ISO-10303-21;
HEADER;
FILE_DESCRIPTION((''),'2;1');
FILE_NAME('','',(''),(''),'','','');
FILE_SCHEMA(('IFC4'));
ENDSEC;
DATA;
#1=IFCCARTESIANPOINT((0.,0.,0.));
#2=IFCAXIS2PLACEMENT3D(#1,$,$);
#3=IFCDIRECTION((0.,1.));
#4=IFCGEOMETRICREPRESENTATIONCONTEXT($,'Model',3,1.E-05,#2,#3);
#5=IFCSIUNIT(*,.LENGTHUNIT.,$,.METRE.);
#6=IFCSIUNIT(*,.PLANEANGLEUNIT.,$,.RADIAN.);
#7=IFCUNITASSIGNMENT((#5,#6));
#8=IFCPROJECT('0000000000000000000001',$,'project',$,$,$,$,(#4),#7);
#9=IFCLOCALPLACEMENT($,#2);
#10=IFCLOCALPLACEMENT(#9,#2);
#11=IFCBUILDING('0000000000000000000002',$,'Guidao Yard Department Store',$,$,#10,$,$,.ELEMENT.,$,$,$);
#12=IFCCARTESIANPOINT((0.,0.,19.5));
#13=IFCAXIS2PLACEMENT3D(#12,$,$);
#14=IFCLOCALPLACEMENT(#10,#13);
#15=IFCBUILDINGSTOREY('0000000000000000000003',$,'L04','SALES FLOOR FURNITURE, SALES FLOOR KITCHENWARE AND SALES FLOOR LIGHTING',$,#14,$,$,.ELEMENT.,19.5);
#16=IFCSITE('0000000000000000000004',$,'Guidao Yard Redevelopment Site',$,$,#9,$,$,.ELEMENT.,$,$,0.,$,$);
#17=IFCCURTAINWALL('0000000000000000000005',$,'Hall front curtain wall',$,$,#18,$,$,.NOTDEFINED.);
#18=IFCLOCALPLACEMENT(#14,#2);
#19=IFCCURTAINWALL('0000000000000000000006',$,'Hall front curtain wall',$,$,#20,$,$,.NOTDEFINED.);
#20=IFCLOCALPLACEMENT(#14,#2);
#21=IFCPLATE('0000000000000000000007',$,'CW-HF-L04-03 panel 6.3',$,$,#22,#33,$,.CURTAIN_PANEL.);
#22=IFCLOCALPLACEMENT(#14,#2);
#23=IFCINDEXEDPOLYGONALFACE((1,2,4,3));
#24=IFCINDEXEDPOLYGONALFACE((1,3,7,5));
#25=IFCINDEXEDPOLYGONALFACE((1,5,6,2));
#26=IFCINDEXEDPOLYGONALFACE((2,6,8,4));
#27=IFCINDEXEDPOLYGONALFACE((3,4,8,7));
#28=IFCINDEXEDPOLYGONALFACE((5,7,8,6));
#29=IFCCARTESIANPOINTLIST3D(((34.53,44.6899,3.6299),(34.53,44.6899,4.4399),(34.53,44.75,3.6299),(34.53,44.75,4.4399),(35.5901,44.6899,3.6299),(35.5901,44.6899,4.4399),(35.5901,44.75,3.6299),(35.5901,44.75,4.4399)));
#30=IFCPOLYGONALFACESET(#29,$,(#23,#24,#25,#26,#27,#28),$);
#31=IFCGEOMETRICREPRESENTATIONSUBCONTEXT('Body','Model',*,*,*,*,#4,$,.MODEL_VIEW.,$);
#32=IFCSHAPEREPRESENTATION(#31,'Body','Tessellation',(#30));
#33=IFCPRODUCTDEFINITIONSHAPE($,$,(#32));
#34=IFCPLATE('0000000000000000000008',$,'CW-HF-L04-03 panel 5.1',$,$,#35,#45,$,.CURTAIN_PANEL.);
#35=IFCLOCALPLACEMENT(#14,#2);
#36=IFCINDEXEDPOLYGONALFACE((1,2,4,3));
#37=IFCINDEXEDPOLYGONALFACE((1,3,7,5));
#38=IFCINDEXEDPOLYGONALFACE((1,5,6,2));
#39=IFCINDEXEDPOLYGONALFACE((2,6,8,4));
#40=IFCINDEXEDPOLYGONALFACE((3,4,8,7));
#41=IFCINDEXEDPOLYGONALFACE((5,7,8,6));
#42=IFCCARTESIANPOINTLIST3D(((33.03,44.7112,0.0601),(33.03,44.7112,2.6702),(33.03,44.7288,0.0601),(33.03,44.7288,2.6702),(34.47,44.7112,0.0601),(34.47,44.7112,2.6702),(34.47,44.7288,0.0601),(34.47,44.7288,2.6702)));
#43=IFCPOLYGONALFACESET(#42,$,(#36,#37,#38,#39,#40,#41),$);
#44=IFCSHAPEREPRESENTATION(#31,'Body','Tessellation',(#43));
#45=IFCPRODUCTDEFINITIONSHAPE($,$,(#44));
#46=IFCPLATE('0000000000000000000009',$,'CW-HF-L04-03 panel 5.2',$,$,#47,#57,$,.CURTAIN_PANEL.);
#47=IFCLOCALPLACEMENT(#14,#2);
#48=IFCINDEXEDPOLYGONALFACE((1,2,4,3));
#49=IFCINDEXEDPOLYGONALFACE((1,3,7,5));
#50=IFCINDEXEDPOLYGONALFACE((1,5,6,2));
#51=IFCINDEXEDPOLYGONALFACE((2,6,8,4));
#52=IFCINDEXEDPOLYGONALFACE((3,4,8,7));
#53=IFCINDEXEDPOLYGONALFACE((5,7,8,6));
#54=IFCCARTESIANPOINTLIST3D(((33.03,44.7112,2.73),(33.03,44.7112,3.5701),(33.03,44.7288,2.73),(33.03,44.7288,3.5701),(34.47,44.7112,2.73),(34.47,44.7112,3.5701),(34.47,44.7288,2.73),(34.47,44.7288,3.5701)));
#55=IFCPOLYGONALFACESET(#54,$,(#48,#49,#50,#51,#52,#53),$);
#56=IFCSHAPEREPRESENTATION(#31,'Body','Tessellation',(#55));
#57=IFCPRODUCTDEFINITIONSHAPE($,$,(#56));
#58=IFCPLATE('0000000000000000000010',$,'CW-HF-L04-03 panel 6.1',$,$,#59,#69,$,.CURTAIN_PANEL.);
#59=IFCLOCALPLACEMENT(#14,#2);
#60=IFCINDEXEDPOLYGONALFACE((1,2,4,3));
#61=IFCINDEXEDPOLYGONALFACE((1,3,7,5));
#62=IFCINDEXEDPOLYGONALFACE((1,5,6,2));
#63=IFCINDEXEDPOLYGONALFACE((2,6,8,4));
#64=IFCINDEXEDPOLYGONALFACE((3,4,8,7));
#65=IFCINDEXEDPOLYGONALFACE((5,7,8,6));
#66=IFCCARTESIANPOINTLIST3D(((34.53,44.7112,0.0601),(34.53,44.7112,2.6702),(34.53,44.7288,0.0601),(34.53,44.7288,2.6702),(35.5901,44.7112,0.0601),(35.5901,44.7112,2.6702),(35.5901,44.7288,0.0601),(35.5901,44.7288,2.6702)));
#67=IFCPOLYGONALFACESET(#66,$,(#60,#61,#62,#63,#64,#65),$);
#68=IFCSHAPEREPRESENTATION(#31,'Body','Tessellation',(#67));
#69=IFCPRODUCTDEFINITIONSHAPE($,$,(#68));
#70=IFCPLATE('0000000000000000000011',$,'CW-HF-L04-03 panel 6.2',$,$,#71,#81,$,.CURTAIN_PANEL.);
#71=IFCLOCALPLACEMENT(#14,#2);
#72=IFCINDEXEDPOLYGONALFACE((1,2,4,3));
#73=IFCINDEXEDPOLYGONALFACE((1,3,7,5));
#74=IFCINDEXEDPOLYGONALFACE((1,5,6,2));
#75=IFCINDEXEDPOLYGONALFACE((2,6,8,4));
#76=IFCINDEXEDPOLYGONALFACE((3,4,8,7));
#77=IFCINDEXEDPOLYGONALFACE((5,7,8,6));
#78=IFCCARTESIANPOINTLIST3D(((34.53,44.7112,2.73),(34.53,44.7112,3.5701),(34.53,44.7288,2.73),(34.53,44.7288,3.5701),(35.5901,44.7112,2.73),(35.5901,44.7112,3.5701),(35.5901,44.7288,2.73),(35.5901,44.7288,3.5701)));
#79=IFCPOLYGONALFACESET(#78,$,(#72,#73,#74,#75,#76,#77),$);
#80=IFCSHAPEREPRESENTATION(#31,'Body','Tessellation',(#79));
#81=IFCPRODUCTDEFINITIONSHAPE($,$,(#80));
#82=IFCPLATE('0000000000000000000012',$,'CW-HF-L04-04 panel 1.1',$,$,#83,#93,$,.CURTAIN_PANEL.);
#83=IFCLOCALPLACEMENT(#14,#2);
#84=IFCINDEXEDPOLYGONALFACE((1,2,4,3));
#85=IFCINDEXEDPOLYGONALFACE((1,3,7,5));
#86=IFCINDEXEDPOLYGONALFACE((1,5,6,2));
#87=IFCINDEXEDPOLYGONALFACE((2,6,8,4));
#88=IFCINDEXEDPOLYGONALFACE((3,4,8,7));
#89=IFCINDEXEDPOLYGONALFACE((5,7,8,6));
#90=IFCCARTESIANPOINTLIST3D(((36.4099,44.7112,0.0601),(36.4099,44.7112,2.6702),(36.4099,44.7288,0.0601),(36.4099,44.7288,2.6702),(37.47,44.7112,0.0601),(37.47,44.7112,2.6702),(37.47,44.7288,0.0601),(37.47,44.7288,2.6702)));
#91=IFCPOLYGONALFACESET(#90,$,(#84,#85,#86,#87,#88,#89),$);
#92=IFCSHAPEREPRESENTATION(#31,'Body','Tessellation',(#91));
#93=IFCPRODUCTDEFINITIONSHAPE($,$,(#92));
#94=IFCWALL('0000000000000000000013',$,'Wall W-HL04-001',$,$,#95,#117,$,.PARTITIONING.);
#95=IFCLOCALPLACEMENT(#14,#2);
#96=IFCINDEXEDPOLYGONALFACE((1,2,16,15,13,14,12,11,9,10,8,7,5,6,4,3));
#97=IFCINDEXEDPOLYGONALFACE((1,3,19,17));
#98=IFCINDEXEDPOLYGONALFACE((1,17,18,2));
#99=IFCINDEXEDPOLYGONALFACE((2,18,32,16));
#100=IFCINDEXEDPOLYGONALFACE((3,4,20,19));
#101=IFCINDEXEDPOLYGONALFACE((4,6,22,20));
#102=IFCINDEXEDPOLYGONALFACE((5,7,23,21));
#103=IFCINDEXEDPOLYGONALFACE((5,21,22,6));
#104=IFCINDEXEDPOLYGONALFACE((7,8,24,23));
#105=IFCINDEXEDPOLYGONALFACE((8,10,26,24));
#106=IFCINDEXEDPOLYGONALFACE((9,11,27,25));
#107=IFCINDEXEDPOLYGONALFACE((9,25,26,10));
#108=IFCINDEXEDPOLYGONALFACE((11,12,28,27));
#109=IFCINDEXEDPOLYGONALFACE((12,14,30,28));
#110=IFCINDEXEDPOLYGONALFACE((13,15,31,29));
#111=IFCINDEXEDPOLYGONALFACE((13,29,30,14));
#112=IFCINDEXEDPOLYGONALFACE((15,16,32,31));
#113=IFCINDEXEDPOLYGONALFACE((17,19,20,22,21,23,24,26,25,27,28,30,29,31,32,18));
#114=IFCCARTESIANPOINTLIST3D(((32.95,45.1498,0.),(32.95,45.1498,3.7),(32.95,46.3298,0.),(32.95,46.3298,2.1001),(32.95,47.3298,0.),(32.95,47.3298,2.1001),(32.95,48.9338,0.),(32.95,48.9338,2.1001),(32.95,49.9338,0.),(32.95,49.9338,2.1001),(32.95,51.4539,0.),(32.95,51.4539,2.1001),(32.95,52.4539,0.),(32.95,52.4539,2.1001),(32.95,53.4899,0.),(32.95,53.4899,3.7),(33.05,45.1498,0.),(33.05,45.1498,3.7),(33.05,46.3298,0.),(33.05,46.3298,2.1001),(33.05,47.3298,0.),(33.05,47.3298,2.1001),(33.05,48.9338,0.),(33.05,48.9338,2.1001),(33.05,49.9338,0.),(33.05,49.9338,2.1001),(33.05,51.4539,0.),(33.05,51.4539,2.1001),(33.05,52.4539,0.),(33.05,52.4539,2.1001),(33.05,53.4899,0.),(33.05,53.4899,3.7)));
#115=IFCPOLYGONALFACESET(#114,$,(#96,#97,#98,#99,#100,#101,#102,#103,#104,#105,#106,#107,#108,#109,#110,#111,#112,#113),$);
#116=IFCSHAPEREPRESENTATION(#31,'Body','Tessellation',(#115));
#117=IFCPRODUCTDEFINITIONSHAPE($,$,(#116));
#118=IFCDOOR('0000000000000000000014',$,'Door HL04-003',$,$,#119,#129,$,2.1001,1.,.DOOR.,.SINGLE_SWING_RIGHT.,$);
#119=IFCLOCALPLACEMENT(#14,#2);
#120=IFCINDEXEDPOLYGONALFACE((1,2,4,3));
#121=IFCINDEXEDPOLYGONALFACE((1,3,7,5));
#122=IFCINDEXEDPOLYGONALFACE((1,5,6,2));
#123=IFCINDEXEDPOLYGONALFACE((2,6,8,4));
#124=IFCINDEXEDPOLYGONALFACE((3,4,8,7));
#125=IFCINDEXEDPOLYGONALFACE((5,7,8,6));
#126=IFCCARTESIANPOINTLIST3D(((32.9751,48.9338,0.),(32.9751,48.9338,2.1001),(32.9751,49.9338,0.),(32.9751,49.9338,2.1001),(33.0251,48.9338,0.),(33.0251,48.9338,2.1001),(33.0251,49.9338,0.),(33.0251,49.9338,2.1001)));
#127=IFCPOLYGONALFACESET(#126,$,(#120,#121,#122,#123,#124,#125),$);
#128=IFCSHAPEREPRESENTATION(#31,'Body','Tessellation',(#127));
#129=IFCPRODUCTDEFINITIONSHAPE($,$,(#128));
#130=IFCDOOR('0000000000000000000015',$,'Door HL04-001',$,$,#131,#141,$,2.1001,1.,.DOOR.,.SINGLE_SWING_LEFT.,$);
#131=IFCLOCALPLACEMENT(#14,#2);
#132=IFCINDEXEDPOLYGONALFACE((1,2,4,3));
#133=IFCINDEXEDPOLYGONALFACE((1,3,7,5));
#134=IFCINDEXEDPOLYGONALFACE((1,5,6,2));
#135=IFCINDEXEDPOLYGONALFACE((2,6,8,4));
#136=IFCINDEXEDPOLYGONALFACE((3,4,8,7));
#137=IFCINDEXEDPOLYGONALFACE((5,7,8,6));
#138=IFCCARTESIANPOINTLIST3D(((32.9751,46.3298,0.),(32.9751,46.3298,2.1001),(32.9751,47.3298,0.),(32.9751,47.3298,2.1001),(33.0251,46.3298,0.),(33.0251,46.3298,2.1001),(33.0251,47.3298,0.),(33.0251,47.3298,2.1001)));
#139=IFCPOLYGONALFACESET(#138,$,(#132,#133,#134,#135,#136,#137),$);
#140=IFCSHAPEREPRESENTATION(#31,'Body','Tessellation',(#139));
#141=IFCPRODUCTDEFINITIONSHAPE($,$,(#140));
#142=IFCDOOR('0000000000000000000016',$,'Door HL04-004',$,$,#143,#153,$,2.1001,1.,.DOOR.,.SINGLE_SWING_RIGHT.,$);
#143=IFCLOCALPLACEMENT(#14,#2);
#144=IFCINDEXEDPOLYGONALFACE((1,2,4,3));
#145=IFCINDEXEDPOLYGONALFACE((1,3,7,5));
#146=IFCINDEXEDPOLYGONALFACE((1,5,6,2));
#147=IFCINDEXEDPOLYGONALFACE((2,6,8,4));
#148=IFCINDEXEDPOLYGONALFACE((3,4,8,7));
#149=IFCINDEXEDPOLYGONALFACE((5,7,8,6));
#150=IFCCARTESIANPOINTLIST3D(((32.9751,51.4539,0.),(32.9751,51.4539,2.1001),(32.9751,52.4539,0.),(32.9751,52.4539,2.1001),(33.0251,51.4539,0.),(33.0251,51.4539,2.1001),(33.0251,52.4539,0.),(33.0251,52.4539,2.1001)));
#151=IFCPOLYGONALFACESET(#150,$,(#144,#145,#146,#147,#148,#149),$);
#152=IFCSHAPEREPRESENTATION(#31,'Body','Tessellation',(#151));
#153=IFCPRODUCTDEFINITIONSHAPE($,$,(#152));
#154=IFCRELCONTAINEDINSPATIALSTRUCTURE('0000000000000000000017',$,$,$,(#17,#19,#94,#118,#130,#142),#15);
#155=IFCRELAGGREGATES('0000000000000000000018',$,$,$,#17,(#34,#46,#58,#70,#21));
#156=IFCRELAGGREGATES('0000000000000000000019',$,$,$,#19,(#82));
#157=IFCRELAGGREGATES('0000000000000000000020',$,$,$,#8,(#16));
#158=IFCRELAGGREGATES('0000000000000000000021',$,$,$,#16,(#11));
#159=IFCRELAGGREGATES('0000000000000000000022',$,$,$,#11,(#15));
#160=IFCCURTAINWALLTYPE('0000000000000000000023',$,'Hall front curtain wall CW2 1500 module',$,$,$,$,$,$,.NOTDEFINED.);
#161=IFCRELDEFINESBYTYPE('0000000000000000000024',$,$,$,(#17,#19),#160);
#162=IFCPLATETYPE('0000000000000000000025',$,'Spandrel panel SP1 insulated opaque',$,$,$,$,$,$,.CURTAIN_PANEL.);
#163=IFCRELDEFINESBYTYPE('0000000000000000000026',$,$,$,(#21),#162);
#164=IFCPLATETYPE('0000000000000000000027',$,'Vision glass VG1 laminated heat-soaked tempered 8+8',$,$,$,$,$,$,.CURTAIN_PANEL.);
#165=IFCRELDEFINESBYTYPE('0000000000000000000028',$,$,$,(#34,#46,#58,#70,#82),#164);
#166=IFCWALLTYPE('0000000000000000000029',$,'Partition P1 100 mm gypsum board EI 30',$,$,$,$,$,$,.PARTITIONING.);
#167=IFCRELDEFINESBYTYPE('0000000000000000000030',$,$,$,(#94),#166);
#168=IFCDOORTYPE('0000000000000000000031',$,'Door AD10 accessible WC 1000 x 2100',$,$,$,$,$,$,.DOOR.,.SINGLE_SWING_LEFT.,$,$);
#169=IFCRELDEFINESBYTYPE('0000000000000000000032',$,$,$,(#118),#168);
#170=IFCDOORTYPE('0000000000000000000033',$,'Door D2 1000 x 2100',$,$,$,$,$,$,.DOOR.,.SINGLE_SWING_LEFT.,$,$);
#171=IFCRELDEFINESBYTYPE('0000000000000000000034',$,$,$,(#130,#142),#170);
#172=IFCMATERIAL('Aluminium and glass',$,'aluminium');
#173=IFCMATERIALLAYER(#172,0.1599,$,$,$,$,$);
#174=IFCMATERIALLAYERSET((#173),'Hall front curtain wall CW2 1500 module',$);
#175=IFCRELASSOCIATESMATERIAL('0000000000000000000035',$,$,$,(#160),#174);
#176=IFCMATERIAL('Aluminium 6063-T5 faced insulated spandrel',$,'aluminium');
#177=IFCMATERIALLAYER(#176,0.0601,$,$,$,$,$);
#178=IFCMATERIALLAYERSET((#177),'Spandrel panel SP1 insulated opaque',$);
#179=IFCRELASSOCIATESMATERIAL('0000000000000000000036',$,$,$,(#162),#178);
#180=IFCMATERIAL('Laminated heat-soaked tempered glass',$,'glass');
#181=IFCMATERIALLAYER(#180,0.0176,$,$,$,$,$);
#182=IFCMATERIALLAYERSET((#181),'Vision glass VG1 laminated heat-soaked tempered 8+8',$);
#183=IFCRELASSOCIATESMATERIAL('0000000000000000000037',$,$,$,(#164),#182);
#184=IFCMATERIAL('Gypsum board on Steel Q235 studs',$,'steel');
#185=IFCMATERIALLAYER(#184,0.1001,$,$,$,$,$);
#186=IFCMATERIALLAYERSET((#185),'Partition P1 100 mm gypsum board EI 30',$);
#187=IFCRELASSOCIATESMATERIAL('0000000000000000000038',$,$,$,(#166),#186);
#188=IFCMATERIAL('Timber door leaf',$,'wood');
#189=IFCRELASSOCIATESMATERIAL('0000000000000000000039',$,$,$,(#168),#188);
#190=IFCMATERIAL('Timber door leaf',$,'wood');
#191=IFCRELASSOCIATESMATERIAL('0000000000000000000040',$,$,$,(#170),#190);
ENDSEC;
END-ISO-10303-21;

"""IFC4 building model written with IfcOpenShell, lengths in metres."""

from ifc_helpers import new_model, si_unit, direction, frame, frame_2d, origin, origin_2d, place, context, subcontext, project, spatial, rectangle, extrude, material, layer, layer_set, type_object, element, fill, aggregate, save


model = new_model("IFC4")

# Units and contexts
model_context = context("Model", 3, precision=1e-05, world=origin(), true_north=direction((0.0, 1.0)))
body_context = subcontext(model_context, "Body", "Model", "MODEL_VIEW")
ifc_project = project(units=[si_unit("LENGTHUNIT", "METRE"), si_unit("PLANEANGLEUNIT", "RADIAN")], contexts=[model_context])

# Site, building, storey
site_placement = place(None, origin())
site = spatial("IfcSite", under=ifc_project, at=site_placement, Name="Guidao Yard Redevelopment Site", CompositionType="ELEMENT", RefElevation=0.0)
building_placement = place(site_placement, origin())
building = spatial("IfcBuilding", under=site, at=building_placement, Name="Guidao Yard Department Store", CompositionType="ELEMENT")
storey_placement = place(building_placement, frame((0.0, 0.0, 19.5)))
storey = spatial("IfcBuildingStorey", under=building, at=storey_placement, Name="L04", Description="SALES FLOOR FURNITURE, SALES FLOOR KITCHENWARE AND SALES FLOOR LIGHTING", CompositionType="ELEMENT", Elevation=19.5)

# Curtain wall
ifc_material_1 = material(Name="Aluminium and glass", Category="aluminium")
ifc_layer_1 = layer(ifc_material_1, 0.1599)
ifc_layer_set_1 = layer_set([ifc_layer_1], Name="Hall front curtain wall CW2 1500 module")
curtain_wall_type = type_object("IfcCurtainWallType", Name="Hall front curtain wall CW2 1500 module", PredefinedType="NOTDEFINED", material=ifc_layer_set_1)
curtain_wall_1_placement = place(storey_placement, origin())
curtain_wall_1 = element("IfcCurtainWall", 1, at=curtain_wall_1_placement, inside=storey, type_object=curtain_wall_type, Name="Hall front curtain wall", PredefinedType="NOTDEFINED")

# Curtain wall
curtain_wall_2_placement = place(storey_placement, origin())
curtain_wall_2 = element("IfcCurtainWall", 2, at=curtain_wall_2_placement, inside=storey, type_object=curtain_wall_type, Name="Hall front curtain wall", PredefinedType="NOTDEFINED")

# Plates
ifc_material_2 = material(Name="Aluminium 6063-T5 faced insulated spandrel", Category="aluminium")
ifc_layer_2 = layer(ifc_material_2, 0.0601)
ifc_layer_set_2 = layer_set([ifc_layer_2], Name="Spandrel panel SP1 insulated opaque")
plate_type_1 = type_object("IfcPlateType", Name="Spandrel panel SP1 insulated opaque", PredefinedType="CURTAIN_PANEL", material=ifc_layer_set_2)
plate_1_placement = place(storey_placement, frame((35.0601, 44.72, 3.6299), z_axis=(0.0, 0.0, 1.0), x_axis=(-1.0, 0.0, 0.0)))
plate_1 = element("IfcPlate", 3, at=plate_1_placement, type_object=plate_type_1, Name="CW-HF-L04-03 panel 6.3", PredefinedType="CURTAIN_PANEL", context=body_context, shape_type="SweptSolid", body=[
    extrude(rectangle(XDim=1.0601, YDim=0.0601, at=origin_2d()), origin(), (0.0, 0.0, 1.0), 0.8101),
])
ifc_material_3 = material(Name="Laminated heat-soaked tempered glass", Category="glass")
ifc_layer_3 = layer(ifc_material_3, 0.0176)
ifc_layer_set_3 = layer_set([ifc_layer_3], Name="Vision glass VG1 laminated heat-soaked tempered 8+8")
plate_type_2 = type_object("IfcPlateType", Name="Vision glass VG1 laminated heat-soaked tempered 8+8", PredefinedType="CURTAIN_PANEL", material=ifc_layer_set_3)
plate_2_placement = place(storey_placement, frame((33.75, 44.72, 0.0601), z_axis=(0.0, 0.0, 1.0), x_axis=(-1.0, 0.0, 0.0)))
plate_2 = element("IfcPlate", 4, at=plate_2_placement, type_object=plate_type_2, Name="CW-HF-L04-03 panel 5.1", PredefinedType="CURTAIN_PANEL", context=body_context, shape_type="SweptSolid", body=[
    extrude(rectangle(XDim=1.4399, YDim=0.0176, at=origin_2d()), origin(), (0.0, 0.0, 1.0), 2.6101),
])
plate_3_placement = place(storey_placement, frame((33.75, 44.72, 2.73), z_axis=(0.0, 0.0, 1.0), x_axis=(-1.0, 0.0, 0.0)))
plate_3 = element("IfcPlate", 5, at=plate_3_placement, type_object=plate_type_2, Name="CW-HF-L04-03 panel 5.2", PredefinedType="CURTAIN_PANEL", context=body_context, shape_type="SweptSolid", body=[
    extrude(rectangle(XDim=1.4399, YDim=0.0176, at=origin_2d()), origin(), (0.0, 0.0, 1.0), 0.8401),
])
plate_4_placement = place(storey_placement, frame((35.0601, 44.72, 0.0601), z_axis=(0.0, 0.0, 1.0), x_axis=(-1.0, 0.0, 0.0)))
plate_4 = element("IfcPlate", 6, at=plate_4_placement, type_object=plate_type_2, Name="CW-HF-L04-03 panel 6.1", PredefinedType="CURTAIN_PANEL", context=body_context, shape_type="SweptSolid", body=[
    extrude(rectangle(XDim=1.0601, YDim=0.0176, at=origin_2d()), origin(), (0.0, 0.0, 1.0), 2.6101),
])
plate_5_placement = place(storey_placement, frame((35.0601, 44.72, 2.73), z_axis=(0.0, 0.0, 1.0), x_axis=(-1.0, 0.0, 0.0)))
plate_5 = element("IfcPlate", 7, at=plate_5_placement, type_object=plate_type_2, Name="CW-HF-L04-03 panel 6.2", PredefinedType="CURTAIN_PANEL", context=body_context, shape_type="SweptSolid", body=[
    extrude(rectangle(XDim=1.0601, YDim=0.0176, at=origin_2d()), origin(), (0.0, 0.0, 1.0), 0.8401),
])
aggregate(curtain_wall_1, [plate_2, plate_3, plate_4, plate_5, plate_1])
plate_6_placement = place(storey_placement, frame((36.9399, 44.72, 0.0601), z_axis=(0.0, 0.0, 1.0), x_axis=(-1.0, 0.0, 0.0)))
plate_6 = element("IfcPlate", 8, at=plate_6_placement, type_object=plate_type_2, Name="CW-HF-L04-04 panel 1.1", PredefinedType="CURTAIN_PANEL", context=body_context, shape_type="SweptSolid", body=[
    extrude(rectangle(XDim=1.0601, YDim=0.0176, at=origin_2d()), origin(), (0.0, 0.0, 1.0), 2.6101),
])
aggregate(curtain_wall_2, [plate_6])

# Wall, openings, doors
ifc_material_4 = material(Name="Gypsum board on Steel Q235 studs", Category="steel")
ifc_layer_4 = layer(ifc_material_4, 0.1001)
ifc_layer_set_4 = layer_set([ifc_layer_4], Name="Partition P1 100 mm gypsum board EI 30")
wall_type = type_object("IfcWallType", Name="Partition P1 100 mm gypsum board EI 30", PredefinedType="PARTITIONING", material=ifc_layer_set_4)
wall_1_placement = place(storey_placement, frame((33.0, 45.1499, 0.0), z_axis=(0.0, 0.0, 1.0), x_axis=(0.0, 1.0, 0.0)))
wall_1 = element("IfcWall", 9, at=wall_1_placement, inside=storey, type_object=wall_type, Name="Wall W-HL04-001", PredefinedType="PARTITIONING", context=body_context, shape_type="SweptSolid", body=[
    extrude(rectangle(XDim=8.3401, YDim=0.1001, at=frame_2d((4.1699, 0.0))), origin(), (0.0, 0.0, 1.0), 3.7),
])
opening_1_placement = place(wall_1_placement, frame((1.1799, 0.0, 0.0)))
opening_1 = element("IfcOpeningElement", 10, at=opening_1_placement, cuts=wall_1, PredefinedType="OPENING", context=body_context, shape_type="SweptSolid", body=[
    extrude(rectangle(XDim=1.0, YDim=2.1001, at=frame_2d((0.5, 1.05))), frame((0.0, 0.0601, 0.0), z_axis=(0.0, -1.0, 0.0), x_axis=(1.0, 0.0, 0.0)), (0.0, 0.0, 1.0), 0.1201),
])
opening_2_placement = place(wall_1_placement, frame((3.7839, 0.0, 0.0)))
opening_2 = element("IfcOpeningElement", 11, at=opening_2_placement, cuts=wall_1, PredefinedType="OPENING", context=body_context, shape_type="SweptSolid", body=[
    extrude(rectangle(XDim=1.0, YDim=2.1001, at=frame_2d((0.5, 1.05))), frame((0.0, 0.0601, 0.0), z_axis=(0.0, -1.0, 0.0), x_axis=(1.0, 0.0, 0.0)), (0.0, 0.0, 1.0), 0.1201),
])
opening_3_placement = place(wall_1_placement, frame((6.304, 0.0, 0.0)))
opening_3 = element("IfcOpeningElement", 12, at=opening_3_placement, cuts=wall_1, PredefinedType="OPENING", context=body_context, shape_type="SweptSolid", body=[
    extrude(rectangle(XDim=1.0, YDim=2.1001, at=frame_2d((0.5, 1.05))), frame((0.0, 0.0601, 0.0), z_axis=(0.0, -1.0, 0.0), x_axis=(1.0, 0.0, 0.0)), (0.0, 0.0, 1.0), 0.1201),
])
ifc_material_5 = material(Name="Timber door leaf", Category="wood")
door_type_1 = type_object("IfcDoorType", Name="Door AD10 accessible WC 1000 x 2100", OperationType="SINGLE_SWING_LEFT", PredefinedType="DOOR", material=ifc_material_5)
door_1_placement = place(opening_2_placement, origin())
door_1 = element("IfcDoor", 13, at=door_1_placement, inside=storey, type_object=door_type_1, Name="Door HL04-003", OperationType="SINGLE_SWING_RIGHT", OverallHeight=2.1001, OverallWidth=1.0, PredefinedType="DOOR", context=body_context, shape_type="SweptSolid", body=[
    extrude(rectangle(XDim=1.0, YDim=2.1001, at=frame_2d((0.5, 1.05))), frame((0.0, 0.0249, 0.0), z_axis=(0.0, -1.0, 0.0), x_axis=(1.0, 0.0, 0.0)), (0.0, 0.0, 1.0), 0.05),
])
fill(opening_2, door_1)
ifc_material_6 = material(Name="Timber door leaf", Category="wood")
door_type_2 = type_object("IfcDoorType", Name="Door D2 1000 x 2100", OperationType="SINGLE_SWING_LEFT", PredefinedType="DOOR", material=ifc_material_6)
door_2_placement = place(opening_1_placement, origin())
door_2 = element("IfcDoor", 14, at=door_2_placement, inside=storey, type_object=door_type_2, Name="Door HL04-001", OperationType="SINGLE_SWING_LEFT", OverallHeight=2.1001, OverallWidth=1.0, PredefinedType="DOOR", context=body_context, shape_type="SweptSolid", body=[
    extrude(rectangle(XDim=1.0, YDim=2.1001, at=frame_2d((0.5, 1.05))), frame((0.0, 0.0249, 0.0), z_axis=(0.0, -1.0, 0.0), x_axis=(1.0, 0.0, 0.0)), (0.0, 0.0, 1.0), 0.05),
])
fill(opening_1, door_2)
door_3_placement = place(opening_3_placement, origin())
door_3 = element("IfcDoor", 15, at=door_3_placement, inside=storey, type_object=door_type_2, Name="Door HL04-004", OperationType="SINGLE_SWING_RIGHT", OverallHeight=2.1001, OverallWidth=1.0, PredefinedType="DOOR", context=body_context, shape_type="SweptSolid", body=[
    extrude(rectangle(XDim=1.0, YDim=2.1001, at=frame_2d((0.5, 1.05))), frame((0.0, 0.0249, 0.0), z_axis=(0.0, -1.0, 0.0), x_axis=(1.0, 0.0, 0.0)), (0.0, 0.0, 1.0), 0.05),
])
fill(opening_3, door_3)

save(model, "model.ifc")
